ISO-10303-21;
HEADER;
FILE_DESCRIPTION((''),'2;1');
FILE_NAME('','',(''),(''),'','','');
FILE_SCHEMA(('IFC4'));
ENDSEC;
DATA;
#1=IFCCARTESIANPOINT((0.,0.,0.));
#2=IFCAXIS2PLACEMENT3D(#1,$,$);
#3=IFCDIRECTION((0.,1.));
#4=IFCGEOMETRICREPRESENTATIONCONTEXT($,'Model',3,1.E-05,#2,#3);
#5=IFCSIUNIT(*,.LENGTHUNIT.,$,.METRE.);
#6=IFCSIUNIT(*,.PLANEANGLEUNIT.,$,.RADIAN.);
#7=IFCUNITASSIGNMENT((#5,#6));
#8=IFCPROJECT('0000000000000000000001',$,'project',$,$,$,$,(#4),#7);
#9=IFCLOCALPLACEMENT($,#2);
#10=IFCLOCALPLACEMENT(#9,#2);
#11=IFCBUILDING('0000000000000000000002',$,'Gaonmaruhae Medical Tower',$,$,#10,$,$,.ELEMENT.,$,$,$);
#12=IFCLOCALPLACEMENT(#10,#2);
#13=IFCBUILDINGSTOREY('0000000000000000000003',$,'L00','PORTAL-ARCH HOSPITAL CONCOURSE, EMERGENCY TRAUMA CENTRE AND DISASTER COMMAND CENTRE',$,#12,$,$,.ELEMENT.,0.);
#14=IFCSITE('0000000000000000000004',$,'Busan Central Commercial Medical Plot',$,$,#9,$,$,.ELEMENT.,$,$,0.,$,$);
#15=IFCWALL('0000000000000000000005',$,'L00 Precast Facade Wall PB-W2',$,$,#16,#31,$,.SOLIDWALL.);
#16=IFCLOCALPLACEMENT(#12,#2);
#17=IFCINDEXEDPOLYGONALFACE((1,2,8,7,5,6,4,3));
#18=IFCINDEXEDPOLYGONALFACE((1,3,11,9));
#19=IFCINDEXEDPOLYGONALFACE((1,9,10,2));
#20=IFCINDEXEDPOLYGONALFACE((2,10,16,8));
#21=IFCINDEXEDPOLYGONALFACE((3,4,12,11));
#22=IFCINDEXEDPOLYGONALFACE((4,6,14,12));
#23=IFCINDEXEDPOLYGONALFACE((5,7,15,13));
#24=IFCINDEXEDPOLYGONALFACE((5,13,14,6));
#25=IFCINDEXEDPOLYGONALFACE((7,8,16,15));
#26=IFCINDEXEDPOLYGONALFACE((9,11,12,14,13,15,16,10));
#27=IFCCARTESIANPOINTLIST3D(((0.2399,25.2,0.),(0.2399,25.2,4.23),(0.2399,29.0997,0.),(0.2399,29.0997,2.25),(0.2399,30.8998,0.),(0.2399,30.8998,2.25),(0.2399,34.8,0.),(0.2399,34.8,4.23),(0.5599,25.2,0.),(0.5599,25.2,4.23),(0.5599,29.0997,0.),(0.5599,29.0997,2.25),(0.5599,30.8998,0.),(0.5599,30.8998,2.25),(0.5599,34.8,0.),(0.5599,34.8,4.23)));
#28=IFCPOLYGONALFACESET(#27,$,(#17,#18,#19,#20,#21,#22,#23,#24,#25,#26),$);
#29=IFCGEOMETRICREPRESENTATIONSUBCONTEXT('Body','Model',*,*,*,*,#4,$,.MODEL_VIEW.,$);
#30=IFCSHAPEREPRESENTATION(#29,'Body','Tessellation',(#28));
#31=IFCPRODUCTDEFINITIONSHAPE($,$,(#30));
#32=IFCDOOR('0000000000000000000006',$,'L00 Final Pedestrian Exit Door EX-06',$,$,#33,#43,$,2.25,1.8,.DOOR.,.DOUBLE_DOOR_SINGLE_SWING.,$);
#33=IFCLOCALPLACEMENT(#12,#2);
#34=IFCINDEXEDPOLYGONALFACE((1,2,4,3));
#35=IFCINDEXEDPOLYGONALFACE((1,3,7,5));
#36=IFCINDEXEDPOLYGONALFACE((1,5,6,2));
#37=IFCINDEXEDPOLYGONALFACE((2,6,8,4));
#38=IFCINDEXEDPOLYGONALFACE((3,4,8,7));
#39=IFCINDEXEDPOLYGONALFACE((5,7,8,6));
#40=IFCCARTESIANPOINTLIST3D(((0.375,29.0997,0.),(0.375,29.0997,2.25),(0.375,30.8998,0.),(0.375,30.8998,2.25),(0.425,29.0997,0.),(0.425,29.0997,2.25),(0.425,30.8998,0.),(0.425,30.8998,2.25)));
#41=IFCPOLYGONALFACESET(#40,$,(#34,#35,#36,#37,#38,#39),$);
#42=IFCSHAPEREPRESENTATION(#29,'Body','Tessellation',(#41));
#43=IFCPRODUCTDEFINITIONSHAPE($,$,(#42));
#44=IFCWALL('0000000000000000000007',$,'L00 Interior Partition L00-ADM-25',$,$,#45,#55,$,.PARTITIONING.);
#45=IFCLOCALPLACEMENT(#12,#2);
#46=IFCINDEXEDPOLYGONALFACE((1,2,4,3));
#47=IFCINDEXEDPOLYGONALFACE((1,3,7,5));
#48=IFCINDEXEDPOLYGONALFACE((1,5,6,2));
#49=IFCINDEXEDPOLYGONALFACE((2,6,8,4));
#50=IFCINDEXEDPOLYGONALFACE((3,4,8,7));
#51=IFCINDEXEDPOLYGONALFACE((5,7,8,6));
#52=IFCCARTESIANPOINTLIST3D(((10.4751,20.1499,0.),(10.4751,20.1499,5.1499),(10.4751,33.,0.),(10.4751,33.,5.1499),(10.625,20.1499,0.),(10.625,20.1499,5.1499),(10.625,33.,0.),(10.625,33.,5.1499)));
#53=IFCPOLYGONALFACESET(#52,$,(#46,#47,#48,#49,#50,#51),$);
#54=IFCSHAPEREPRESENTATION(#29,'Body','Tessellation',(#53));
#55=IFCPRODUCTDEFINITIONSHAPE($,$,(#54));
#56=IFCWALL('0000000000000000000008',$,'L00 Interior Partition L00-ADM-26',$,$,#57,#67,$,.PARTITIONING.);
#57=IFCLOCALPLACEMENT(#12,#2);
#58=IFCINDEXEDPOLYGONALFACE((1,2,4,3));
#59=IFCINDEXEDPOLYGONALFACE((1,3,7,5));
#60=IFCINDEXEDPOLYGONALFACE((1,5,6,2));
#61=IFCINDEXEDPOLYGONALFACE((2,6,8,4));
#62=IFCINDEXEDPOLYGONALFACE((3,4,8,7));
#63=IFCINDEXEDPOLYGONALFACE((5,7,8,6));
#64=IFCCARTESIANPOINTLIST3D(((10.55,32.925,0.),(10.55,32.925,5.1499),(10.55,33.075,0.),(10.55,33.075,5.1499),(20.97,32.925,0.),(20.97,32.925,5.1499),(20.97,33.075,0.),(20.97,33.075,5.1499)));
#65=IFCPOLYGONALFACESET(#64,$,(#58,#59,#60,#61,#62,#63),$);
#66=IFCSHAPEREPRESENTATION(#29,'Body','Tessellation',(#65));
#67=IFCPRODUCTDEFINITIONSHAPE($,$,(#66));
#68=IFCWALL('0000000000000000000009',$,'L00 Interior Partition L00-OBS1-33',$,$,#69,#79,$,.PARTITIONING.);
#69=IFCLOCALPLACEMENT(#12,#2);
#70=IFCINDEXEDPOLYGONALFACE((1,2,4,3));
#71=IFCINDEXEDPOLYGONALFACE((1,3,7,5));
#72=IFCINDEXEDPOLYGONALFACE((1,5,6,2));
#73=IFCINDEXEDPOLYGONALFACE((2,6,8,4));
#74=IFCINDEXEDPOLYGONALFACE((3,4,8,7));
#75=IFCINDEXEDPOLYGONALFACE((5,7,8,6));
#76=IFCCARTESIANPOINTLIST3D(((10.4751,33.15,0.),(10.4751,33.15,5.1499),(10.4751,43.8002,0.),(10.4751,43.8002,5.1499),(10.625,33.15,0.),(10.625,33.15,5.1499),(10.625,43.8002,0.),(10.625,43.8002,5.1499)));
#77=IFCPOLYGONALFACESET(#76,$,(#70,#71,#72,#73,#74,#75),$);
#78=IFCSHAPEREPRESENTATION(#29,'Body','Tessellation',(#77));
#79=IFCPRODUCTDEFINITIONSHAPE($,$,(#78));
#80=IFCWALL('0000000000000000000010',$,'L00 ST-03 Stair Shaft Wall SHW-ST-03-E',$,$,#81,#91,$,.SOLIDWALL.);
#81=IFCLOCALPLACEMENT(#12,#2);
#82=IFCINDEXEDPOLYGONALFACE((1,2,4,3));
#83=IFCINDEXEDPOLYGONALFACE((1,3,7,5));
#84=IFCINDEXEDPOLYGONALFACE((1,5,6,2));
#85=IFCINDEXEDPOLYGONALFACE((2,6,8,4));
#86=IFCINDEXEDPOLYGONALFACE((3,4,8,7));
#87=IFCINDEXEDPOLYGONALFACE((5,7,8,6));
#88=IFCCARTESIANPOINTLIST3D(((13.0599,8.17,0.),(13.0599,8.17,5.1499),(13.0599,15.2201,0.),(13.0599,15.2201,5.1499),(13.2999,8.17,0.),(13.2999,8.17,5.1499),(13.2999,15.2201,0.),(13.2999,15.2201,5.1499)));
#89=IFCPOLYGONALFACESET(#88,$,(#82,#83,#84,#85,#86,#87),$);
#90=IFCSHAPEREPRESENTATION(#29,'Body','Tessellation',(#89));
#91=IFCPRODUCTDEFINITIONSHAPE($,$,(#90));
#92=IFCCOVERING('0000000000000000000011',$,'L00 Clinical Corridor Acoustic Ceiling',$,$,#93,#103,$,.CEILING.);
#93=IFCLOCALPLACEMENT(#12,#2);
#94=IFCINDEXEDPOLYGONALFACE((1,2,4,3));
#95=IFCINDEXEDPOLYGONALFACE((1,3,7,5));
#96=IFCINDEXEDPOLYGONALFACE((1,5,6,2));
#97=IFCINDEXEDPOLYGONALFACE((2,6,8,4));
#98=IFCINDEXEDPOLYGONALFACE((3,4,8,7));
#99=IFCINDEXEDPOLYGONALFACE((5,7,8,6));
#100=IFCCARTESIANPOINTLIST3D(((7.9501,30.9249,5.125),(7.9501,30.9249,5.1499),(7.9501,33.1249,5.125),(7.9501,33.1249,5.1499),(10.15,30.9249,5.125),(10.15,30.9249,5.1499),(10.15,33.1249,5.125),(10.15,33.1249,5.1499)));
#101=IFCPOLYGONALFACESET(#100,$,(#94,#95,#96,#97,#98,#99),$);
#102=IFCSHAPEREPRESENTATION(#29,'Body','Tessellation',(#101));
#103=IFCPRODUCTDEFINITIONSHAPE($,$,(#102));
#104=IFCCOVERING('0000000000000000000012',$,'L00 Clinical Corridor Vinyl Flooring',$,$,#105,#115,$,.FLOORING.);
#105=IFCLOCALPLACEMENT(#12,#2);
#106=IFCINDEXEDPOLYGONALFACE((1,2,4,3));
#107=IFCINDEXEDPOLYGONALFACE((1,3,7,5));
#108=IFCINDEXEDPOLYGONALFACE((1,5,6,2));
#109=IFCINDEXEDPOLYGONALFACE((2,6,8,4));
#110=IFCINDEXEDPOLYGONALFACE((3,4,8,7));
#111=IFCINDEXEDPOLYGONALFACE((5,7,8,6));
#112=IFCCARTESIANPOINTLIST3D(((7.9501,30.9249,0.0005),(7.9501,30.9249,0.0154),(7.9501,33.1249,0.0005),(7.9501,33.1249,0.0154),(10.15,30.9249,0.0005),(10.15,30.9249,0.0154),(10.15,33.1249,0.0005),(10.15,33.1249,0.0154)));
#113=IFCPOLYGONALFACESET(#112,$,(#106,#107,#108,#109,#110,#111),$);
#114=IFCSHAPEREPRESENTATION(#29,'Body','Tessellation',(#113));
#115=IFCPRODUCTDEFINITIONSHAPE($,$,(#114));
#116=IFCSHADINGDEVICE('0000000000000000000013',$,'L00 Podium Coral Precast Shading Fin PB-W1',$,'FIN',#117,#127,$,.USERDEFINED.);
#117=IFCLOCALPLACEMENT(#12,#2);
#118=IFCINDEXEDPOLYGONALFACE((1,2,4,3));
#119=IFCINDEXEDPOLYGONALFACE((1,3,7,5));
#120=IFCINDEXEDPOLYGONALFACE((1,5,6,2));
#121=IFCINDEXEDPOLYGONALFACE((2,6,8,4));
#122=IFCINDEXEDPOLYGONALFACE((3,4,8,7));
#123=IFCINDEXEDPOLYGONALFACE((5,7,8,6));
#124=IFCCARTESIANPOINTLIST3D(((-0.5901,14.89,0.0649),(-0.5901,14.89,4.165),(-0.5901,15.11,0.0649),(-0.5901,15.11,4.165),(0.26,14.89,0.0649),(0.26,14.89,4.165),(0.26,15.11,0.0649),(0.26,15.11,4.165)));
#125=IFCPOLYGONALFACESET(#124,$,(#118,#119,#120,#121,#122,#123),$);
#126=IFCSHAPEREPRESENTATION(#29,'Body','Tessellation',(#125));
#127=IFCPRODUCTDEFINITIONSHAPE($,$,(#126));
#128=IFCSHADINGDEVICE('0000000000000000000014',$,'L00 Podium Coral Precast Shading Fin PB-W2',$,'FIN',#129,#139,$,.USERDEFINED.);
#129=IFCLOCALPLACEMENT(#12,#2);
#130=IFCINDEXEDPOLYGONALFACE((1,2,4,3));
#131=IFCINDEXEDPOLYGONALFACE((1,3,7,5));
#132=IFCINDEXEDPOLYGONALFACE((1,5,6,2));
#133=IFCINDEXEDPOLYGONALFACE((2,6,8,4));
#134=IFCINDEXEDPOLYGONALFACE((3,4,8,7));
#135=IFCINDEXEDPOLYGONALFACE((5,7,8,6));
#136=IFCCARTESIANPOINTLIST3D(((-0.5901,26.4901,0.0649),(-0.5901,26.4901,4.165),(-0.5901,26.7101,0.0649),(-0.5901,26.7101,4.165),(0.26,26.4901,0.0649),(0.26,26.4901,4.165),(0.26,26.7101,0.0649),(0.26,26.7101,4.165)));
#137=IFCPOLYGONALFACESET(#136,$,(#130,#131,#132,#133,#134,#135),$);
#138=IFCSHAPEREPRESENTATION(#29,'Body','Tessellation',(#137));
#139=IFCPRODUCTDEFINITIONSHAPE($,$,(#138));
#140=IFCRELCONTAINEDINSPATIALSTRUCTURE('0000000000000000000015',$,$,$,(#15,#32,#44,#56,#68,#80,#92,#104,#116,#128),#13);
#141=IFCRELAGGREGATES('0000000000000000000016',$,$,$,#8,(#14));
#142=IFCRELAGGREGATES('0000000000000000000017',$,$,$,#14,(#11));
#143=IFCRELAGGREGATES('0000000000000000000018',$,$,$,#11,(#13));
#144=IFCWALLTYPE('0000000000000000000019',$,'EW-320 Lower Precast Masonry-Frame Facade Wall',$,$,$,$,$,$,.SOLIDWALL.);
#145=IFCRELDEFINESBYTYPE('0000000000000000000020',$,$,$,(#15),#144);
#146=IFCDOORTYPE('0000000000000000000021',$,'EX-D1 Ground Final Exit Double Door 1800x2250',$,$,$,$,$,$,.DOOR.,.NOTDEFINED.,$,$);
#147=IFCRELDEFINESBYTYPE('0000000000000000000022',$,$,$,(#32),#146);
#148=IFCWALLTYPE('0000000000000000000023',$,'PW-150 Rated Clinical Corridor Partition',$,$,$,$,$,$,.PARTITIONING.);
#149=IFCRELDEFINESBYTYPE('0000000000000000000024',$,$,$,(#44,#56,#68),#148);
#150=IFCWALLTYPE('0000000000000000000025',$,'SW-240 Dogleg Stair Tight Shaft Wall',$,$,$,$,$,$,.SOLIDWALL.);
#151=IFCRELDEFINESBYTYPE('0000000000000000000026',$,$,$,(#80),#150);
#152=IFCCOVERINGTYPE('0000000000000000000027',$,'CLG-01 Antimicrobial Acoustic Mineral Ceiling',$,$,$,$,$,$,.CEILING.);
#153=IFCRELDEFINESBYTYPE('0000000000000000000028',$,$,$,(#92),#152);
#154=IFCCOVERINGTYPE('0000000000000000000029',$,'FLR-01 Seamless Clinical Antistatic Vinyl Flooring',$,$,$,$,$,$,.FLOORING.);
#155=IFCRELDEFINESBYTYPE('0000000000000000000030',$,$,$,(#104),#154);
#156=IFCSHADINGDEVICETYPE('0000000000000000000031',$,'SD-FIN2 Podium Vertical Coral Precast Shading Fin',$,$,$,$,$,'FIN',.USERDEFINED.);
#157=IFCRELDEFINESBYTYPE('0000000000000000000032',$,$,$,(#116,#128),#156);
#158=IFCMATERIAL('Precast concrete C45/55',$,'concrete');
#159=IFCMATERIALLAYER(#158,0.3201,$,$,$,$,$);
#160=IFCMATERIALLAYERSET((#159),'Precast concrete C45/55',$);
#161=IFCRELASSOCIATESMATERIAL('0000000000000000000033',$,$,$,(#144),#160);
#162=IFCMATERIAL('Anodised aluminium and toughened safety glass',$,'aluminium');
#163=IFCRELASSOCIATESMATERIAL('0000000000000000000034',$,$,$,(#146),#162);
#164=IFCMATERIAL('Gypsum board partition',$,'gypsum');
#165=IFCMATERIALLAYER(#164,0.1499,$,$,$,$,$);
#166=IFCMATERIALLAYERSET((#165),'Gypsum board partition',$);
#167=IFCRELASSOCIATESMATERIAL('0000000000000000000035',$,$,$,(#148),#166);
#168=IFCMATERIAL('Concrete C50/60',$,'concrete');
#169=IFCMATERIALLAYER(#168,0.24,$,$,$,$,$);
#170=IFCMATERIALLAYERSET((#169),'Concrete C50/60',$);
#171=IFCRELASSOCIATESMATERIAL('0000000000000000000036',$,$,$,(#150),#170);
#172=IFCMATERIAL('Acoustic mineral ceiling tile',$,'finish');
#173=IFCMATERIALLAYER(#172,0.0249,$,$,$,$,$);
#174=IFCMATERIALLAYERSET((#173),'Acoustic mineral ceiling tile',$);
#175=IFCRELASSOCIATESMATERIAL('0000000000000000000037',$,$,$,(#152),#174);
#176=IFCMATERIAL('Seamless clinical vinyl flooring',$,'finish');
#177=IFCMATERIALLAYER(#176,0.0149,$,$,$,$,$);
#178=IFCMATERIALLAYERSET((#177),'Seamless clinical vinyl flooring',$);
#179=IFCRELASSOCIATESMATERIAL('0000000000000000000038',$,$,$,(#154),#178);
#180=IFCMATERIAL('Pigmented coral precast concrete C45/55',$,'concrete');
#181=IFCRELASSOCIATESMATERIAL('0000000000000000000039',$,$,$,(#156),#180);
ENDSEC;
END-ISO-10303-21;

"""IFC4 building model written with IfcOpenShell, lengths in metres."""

from ifc_helpers import new_model, si_unit, direction, frame, frame_2d, origin, origin_2d, place, context, subcontext, project, spatial, rectangle, extrude, material, layer, layer_set, type_object, element, fill, save


model = new_model("IFC4")

# Units and contexts
model_context = context("Model", 3, precision=1e-05, world=origin(), true_north=direction((0.0, 1.0)))
body_context = subcontext(model_context, "Body", "Model", "MODEL_VIEW")
ifc_project = project(units=[si_unit("LENGTHUNIT", "METRE"), si_unit("PLANEANGLEUNIT", "RADIAN")], contexts=[model_context])

# Site, building, storey
site_placement = place(None, origin())
site = spatial("IfcSite", under=ifc_project, at=site_placement, Name="Busan Central Commercial Medical Plot", CompositionType="ELEMENT", RefElevation=0.0)
building_placement = place(site_placement, origin())
building = spatial("IfcBuilding", under=site, at=building_placement, Name="Gaonmaruhae Medical Tower", CompositionType="ELEMENT")
storey_placement = place(building_placement, origin())
storey = spatial("IfcBuildingStorey", under=building, at=storey_placement, Name="L00", Description="PORTAL-ARCH HOSPITAL CONCOURSE, EMERGENCY TRAUMA CENTRE AND DISASTER COMMAND CENTRE", CompositionType="ELEMENT", Elevation=0.0)

# Shared definitions
ifc_material_1 = material(Name="Concrete C50/60", Category="concrete")

# Wall, opening, door
ifc_material_2 = material(Name="Precast concrete C45/55", Category="concrete")
ifc_layer_1 = layer(ifc_material_2, 0.3201)
ifc_layer_set_1 = layer_set([ifc_layer_1], Name="Precast concrete C45/55")
wall_type_1 = type_object("IfcWallType", Name="EW-320 Lower Precast Masonry-Frame Facade Wall", PredefinedType="SOLIDWALL", material=ifc_layer_set_1)
wall_1_placement = place(storey_placement, frame((0.3999, 25.2, 0.0), z_axis=(0.0, 0.0, 1.0), x_axis=(0.0, 1.0, 0.0)))
wall_1 = element("IfcWall", 1, at=wall_1_placement, inside=storey, type_object=wall_type_1, Name="L00 Precast Facade Wall PB-W2", PredefinedType="SOLIDWALL", context=body_context, shape_type="SweptSolid", body=[
    extrude(rectangle(XDim=9.6001, YDim=0.3201, at=frame_2d((4.8, 0.0))), origin(), (0.0, 0.0, 1.0), 4.23),
])
opening_1_placement = place(wall_1_placement, frame((3.8999, 0.0, 0.0)))
opening_1 = element("IfcOpeningElement", 2, at=opening_1_placement, cuts=wall_1, PredefinedType="OPENING", context=body_context, shape_type="SweptSolid", body=[
    extrude(rectangle(XDim=1.8, YDim=2.25, at=frame_2d((0.8999, 1.125))), frame((0.0, 0.1699, 0.0), z_axis=(0.0, -1.0, 0.0), x_axis=(1.0, 0.0, 0.0)), (0.0, 0.0, 1.0), 0.3401),
])
ifc_material_3 = material(Name="Anodised aluminium and toughened safety glass", Category="aluminium")
door_type_1 = type_object("IfcDoorType", Name="EX-D1 Ground Final Exit Double Door 1800x2250", OperationType="NOTDEFINED", PredefinedType="DOOR", material=ifc_material_3)
door_1_placement = place(opening_1_placement, origin())
door_1 = element("IfcDoor", 3, at=door_1_placement, inside=storey, type_object=door_type_1, Name="L00 Final Pedestrian Exit Door EX-06", OperationType="DOUBLE_DOOR_SINGLE_SWING", OverallHeight=2.25, OverallWidth=1.8, PredefinedType="DOOR", context=body_context, shape_type="SweptSolid", body=[
    extrude(rectangle(XDim=1.8, YDim=2.25, at=frame_2d((0.8999, 1.125))), frame((0.0, 0.0249, 0.0), z_axis=(0.0, -1.0, 0.0), x_axis=(1.0, 0.0, 0.0)), (0.0, 0.0, 1.0), 0.05),
])
fill(opening_1, door_1)

# Walls
ifc_material_4 = material(Name="Gypsum board partition", Category="gypsum")
ifc_layer_2 = layer(ifc_material_4, 0.1499)
ifc_layer_set_2 = layer_set([ifc_layer_2], Name="Gypsum board partition")
wall_type_2 = type_object("IfcWallType", Name="PW-150 Rated Clinical Corridor Partition", PredefinedType="PARTITIONING", material=ifc_layer_set_2)
wall_2_placement = place(storey_placement, frame((10.55, 20.1499, 0.0), z_axis=(0.0, 0.0, 1.0), x_axis=(0.0, 1.0, 0.0)))
element("IfcWall", 4, at=wall_2_placement, inside=storey, type_object=wall_type_2, Name="L00 Interior Partition L00-ADM-25", PredefinedType="PARTITIONING", context=body_context, shape_type="SweptSolid", body=[
    extrude(rectangle(XDim=12.8501, YDim=0.1499, at=frame_2d((6.425, 0.0))), origin(), (0.0, 0.0, 1.0), 5.1499),
])
wall_3_placement = place(storey_placement, frame((10.55, 33.0, 0.0), z_axis=(0.0, 0.0, 1.0), x_axis=(1.0, 0.0, 0.0)))
element("IfcWall", 5, at=wall_3_placement, inside=storey, type_object=wall_type_2, Name="L00 Interior Partition L00-ADM-26", PredefinedType="PARTITIONING", context=body_context, shape_type="SweptSolid", body=[
    extrude(rectangle(XDim=10.4199, YDim=0.1499, at=frame_2d((5.21, 0.0))), origin(), (0.0, 0.0, 1.0), 5.1499),
])
wall_4_placement = place(storey_placement, frame((10.55, 33.1499, 0.0), z_axis=(0.0, 0.0, 1.0), x_axis=(0.0, 1.0, 0.0)))
element("IfcWall", 6, at=wall_4_placement, inside=storey, type_object=wall_type_2, Name="L00 Interior Partition L00-OBS1-33", PredefinedType="PARTITIONING", context=body_context, shape_type="SweptSolid", body=[
    extrude(rectangle(XDim=10.6501, YDim=0.1499, at=frame_2d((5.3252, 0.0))), origin(), (0.0, 0.0, 1.0), 5.1499),
])

# Shared definitions
ifc_layer_3 = layer(ifc_material_1, 0.24)
ifc_layer_set_3 = layer_set([ifc_layer_3], Name="Concrete C50/60")
wall_type_3 = type_object("IfcWallType", Name="SW-240 Dogleg Stair Tight Shaft Wall", PredefinedType="SOLIDWALL", material=ifc_layer_set_3)

# Wall
wall_5_placement = place(storey_placement, frame((13.1799, 15.22, 0.0), z_axis=(0.0, 0.0, 1.0), x_axis=(0.0, -1.0, 0.0)))
element("IfcWall", 7, at=wall_5_placement, inside=storey, type_object=wall_type_3, Name="L00 ST-03 Stair Shaft Wall SHW-ST-03-E", PredefinedType="SOLIDWALL", context=body_context, shape_type="SweptSolid", body=[
    extrude(rectangle(XDim=7.05, YDim=0.24, at=frame_2d((3.5249, 0.0))), origin(), (0.0, 0.0, 1.0), 5.1499),
])

# Coverings
ifc_material_5 = material(Name="Acoustic mineral ceiling tile", Category="finish")
ifc_layer_4 = layer(ifc_material_5, 0.0249)
ifc_layer_set_4 = layer_set([ifc_layer_4], Name="Acoustic mineral ceiling tile")
covering_type_1 = type_object("IfcCoveringType", Name="CLG-01 Antimicrobial Acoustic Mineral Ceiling", PredefinedType="CEILING", material=ifc_layer_set_4)
covering_1_placement = place(storey_placement, frame((9.05, 32.0249, 5.125), z_axis=(0.0, 0.0, 1.0), x_axis=(1.0, 0.0, 0.0)))
element("IfcCovering", 8, at=covering_1_placement, inside=storey, type_object=covering_type_1, Name="L00 Clinical Corridor Acoustic Ceiling", PredefinedType="CEILING", context=body_context, shape_type="SweptSolid", body=[
    extrude(rectangle(XDim=2.2, YDim=2.2, at=origin_2d()), origin(), (0.0, 0.0, 1.0), 0.0249),
])
ifc_material_6 = material(Name="Seamless clinical vinyl flooring", Category="finish")
ifc_layer_5 = layer(ifc_material_6, 0.0149)
ifc_layer_set_5 = layer_set([ifc_layer_5], Name="Seamless clinical vinyl flooring")
covering_type_2 = type_object("IfcCoveringType", Name="FLR-01 Seamless Clinical Antistatic Vinyl Flooring", PredefinedType="FLOORING", material=ifc_layer_set_5)
covering_2_placement = place(storey_placement, frame((9.05, 32.0249, 0.0005), z_axis=(0.0, 0.0, 1.0), x_axis=(1.0, 0.0, 0.0)))
element("IfcCovering", 9, at=covering_2_placement, inside=storey, type_object=covering_type_2, Name="L00 Clinical Corridor Vinyl Flooring", PredefinedType="FLOORING", context=body_context, shape_type="SweptSolid", body=[
    extrude(rectangle(XDim=2.2, YDim=2.2, at=origin_2d()), origin(), (0.0, 0.0, 1.0), 0.0149),
])

# Shading devices
ifc_material_7 = material(Name="Pigmented coral precast concrete C45/55", Category="concrete")
shading_device_type = type_object("IfcShadingDeviceType", Name="SD-FIN2 Podium Vertical Coral Precast Shading Fin", ElementType="FIN", PredefinedType="USERDEFINED", material=ifc_material_7)
for number, where, z_axis, x_axis, name in (
    (10, (-0.165, 15.0, 0.0649), (0.0, 0.0, 1.0), (0.0, 1.0, 0.0), "L00 Podium Coral Precast Shading Fin PB-W1"),
    (11, (-0.165, 26.6001, 0.0649), (0.0, 0.0, 1.0), (0.0, 1.0, 0.0), "L00 Podium Coral Precast Shading Fin PB-W2"),
):
    element("IfcShadingDevice", number, at=place(storey_placement, frame(where, z_axis=z_axis, x_axis=x_axis)), inside=storey, type_object=shading_device_type, Name=name, ObjectType="FIN", PredefinedType="USERDEFINED", context=body_context, shape_type="SweptSolid", body=[
        extrude(rectangle(XDim=0.22, YDim=0.8501, at=origin_2d()), origin(), (0.0, 0.0, 1.0), 4.1001),
    ])

save(model, "model.ifc")
